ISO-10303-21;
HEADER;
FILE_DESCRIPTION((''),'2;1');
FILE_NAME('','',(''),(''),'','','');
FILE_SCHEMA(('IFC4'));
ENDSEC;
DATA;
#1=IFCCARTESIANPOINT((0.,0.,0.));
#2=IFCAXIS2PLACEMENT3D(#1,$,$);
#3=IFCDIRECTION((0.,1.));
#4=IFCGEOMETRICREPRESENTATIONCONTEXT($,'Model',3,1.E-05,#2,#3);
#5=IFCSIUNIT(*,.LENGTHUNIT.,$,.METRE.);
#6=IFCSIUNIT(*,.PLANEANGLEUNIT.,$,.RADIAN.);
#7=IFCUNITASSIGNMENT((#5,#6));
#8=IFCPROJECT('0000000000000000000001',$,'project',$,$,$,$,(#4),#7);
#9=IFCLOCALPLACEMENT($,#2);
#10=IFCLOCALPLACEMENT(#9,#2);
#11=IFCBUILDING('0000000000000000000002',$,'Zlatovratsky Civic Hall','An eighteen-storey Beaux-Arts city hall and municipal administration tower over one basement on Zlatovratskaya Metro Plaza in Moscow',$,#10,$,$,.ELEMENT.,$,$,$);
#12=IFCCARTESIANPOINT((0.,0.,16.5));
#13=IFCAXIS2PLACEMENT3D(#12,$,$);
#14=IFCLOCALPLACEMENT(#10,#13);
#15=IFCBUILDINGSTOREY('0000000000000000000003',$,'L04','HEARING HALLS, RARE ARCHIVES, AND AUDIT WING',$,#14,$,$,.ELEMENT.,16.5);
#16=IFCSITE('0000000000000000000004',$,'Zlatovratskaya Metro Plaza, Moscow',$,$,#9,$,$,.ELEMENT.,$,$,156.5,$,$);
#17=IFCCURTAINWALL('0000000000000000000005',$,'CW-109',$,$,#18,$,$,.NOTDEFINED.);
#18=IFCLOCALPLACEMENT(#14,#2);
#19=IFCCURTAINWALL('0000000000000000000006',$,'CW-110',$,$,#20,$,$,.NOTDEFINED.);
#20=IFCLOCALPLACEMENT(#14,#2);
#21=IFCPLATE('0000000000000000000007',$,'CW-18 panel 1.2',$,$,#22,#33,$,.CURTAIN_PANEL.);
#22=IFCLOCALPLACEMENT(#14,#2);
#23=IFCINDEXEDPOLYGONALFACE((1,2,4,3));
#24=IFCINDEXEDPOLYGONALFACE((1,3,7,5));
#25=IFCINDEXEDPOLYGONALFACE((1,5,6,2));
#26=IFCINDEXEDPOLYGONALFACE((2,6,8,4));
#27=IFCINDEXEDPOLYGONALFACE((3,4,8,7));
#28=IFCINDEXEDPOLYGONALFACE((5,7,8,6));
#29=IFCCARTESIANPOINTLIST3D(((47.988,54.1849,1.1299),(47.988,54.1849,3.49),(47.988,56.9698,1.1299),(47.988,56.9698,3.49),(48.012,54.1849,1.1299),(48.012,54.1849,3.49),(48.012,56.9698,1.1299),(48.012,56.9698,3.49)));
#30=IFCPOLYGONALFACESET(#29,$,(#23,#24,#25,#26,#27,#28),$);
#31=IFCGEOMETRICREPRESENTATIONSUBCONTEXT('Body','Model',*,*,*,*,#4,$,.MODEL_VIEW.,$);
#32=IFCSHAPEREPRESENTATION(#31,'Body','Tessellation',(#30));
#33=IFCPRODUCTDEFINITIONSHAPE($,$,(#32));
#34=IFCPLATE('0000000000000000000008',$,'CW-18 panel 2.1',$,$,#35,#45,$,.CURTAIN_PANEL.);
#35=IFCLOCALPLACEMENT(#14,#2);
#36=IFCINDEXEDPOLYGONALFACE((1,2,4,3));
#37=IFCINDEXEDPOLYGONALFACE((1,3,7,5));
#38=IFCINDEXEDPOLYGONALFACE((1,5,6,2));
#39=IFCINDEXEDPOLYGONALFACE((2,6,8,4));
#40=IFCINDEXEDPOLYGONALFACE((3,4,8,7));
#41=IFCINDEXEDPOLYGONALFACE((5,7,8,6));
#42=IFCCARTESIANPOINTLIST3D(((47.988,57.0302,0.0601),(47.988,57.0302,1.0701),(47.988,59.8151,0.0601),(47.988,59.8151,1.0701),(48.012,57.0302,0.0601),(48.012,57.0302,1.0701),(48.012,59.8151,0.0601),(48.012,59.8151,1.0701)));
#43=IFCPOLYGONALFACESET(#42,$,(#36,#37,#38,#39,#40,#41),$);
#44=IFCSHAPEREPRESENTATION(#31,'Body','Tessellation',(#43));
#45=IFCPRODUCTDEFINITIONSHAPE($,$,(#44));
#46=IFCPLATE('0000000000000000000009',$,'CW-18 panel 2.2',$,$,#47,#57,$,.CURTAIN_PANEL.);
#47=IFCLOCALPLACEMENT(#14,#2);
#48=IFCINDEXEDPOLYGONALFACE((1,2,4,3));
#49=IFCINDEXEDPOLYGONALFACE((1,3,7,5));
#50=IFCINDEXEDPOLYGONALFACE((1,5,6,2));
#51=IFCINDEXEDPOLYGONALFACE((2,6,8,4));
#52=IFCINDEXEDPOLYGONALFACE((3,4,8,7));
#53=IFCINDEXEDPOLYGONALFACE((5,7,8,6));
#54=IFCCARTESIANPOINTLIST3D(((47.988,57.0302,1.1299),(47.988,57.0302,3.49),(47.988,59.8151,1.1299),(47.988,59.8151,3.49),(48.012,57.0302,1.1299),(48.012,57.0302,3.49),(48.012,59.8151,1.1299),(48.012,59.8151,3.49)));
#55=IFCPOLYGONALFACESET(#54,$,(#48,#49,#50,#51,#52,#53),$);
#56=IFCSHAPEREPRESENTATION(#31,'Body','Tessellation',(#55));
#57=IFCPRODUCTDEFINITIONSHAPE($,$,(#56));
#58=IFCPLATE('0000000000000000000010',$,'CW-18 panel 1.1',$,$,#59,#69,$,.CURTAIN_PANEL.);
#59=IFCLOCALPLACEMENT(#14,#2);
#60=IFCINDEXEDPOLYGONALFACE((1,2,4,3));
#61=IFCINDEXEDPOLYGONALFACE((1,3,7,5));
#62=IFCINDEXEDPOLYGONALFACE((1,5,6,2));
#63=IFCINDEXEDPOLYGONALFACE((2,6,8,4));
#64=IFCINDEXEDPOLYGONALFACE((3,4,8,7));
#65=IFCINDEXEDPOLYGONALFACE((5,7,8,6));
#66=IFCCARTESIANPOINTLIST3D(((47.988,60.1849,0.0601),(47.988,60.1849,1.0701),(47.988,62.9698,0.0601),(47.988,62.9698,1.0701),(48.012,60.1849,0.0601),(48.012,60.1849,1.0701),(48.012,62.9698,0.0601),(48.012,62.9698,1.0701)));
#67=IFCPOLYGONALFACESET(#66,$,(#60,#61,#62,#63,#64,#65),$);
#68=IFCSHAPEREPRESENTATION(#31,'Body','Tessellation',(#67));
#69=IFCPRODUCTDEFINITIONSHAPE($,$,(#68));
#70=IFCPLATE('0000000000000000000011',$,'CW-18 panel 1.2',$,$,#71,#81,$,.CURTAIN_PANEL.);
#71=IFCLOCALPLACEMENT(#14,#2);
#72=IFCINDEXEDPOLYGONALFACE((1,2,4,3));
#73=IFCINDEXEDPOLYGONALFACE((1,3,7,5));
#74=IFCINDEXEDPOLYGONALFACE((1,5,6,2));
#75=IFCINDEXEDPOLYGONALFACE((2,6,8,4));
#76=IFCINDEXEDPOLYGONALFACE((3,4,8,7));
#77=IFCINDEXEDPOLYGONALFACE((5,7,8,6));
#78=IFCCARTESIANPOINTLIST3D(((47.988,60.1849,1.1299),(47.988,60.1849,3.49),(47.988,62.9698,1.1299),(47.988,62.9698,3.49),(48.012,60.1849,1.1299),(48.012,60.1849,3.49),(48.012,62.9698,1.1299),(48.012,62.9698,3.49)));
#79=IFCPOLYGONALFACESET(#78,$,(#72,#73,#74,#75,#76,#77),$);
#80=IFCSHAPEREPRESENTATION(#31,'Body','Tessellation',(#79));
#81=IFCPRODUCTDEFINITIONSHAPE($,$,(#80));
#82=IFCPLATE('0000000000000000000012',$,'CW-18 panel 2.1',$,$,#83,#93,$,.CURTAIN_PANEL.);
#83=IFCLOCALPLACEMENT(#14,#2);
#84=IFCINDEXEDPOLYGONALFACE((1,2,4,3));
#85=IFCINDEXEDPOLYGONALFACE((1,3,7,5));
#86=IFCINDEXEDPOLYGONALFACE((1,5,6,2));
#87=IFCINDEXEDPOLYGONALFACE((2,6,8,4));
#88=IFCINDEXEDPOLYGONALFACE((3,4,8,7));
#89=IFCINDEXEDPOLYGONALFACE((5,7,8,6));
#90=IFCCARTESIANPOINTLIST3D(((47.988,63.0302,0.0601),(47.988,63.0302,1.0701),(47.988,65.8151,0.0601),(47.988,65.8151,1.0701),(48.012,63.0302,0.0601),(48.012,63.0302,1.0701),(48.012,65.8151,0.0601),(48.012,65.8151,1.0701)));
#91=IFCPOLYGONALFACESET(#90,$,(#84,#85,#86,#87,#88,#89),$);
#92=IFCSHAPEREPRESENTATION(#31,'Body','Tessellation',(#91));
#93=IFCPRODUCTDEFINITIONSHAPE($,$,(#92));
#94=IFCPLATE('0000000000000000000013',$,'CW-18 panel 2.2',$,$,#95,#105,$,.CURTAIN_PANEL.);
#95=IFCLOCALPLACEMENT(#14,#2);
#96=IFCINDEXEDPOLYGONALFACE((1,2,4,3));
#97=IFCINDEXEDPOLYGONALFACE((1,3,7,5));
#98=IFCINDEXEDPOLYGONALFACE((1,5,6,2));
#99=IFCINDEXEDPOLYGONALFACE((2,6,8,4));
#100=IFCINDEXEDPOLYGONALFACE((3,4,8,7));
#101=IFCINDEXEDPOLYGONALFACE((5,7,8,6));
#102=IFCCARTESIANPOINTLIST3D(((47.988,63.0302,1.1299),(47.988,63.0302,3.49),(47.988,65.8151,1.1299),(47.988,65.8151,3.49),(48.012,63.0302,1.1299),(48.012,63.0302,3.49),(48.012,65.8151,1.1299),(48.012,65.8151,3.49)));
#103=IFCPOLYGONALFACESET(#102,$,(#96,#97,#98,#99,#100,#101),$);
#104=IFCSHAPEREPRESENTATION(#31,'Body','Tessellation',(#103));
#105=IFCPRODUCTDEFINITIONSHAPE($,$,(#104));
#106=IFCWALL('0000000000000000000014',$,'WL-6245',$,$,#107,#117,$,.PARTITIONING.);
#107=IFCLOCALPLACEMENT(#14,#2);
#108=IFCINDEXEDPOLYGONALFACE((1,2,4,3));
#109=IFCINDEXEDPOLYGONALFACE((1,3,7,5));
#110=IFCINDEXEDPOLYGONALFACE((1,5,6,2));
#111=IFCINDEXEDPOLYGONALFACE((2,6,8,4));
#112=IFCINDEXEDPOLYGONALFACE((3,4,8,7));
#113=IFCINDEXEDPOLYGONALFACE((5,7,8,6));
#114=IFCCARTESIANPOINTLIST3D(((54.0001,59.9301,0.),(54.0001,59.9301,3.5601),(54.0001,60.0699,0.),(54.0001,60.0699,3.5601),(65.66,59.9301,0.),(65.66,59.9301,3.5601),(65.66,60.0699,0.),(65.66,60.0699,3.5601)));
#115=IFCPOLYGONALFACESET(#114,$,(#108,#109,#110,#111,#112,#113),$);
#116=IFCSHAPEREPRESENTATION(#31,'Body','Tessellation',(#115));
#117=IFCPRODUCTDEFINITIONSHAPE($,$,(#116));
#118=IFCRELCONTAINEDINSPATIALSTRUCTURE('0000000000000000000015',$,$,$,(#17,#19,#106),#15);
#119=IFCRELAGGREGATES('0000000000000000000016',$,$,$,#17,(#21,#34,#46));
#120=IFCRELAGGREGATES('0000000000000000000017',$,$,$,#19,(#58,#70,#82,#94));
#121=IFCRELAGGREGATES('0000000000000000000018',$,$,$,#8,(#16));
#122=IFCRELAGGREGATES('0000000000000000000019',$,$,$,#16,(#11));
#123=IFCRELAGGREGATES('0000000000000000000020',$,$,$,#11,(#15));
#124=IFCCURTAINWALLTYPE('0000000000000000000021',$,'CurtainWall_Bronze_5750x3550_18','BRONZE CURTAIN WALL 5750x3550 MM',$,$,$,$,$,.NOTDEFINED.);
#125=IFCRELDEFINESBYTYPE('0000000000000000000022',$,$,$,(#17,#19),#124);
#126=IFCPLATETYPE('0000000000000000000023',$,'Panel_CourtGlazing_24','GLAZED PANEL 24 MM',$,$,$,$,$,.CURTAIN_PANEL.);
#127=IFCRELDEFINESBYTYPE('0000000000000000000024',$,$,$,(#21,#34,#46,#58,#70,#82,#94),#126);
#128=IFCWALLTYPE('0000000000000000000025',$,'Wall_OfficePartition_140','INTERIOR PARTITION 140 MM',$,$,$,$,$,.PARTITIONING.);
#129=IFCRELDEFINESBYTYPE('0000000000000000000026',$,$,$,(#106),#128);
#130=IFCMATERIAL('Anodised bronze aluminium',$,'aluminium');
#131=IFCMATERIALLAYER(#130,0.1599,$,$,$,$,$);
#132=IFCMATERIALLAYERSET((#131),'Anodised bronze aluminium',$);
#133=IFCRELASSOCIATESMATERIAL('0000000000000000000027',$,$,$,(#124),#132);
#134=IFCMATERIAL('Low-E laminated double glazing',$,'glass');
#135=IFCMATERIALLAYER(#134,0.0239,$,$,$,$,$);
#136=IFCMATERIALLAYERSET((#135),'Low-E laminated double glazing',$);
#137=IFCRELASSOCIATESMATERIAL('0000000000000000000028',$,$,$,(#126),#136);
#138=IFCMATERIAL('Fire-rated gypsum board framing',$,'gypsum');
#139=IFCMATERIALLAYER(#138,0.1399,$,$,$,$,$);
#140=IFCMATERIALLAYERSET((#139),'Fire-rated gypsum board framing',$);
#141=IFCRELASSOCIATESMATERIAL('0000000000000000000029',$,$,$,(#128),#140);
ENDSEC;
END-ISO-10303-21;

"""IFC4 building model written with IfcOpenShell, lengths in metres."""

from ifc_helpers import new_model, si_unit, direction, frame, frame_2d, origin, origin_2d, place, context, subcontext, project, spatial, rectangle, extrude, material, layer, layer_set, type_object, element, aggregate, save


model = new_model("IFC4")

# Units and contexts
model_context = context("Model", 3, precision=1e-05, world=origin(), true_north=direction((0.0, 1.0)))
body_context = subcontext(model_context, "Body", "Model", "MODEL_VIEW")
ifc_project = project(units=[si_unit("LENGTHUNIT", "METRE"), si_unit("PLANEANGLEUNIT", "RADIAN")], contexts=[model_context])

# Site, building, storey
site_placement = place(None, origin())
site = spatial("IfcSite", under=ifc_project, at=site_placement, Name="Zlatovratskaya Metro Plaza, Moscow", CompositionType="ELEMENT", RefElevation=156.5)
building_placement = place(site_placement, origin())
building = spatial("IfcBuilding", under=site, at=building_placement, Name="Zlatovratsky Civic Hall", Description="An eighteen-storey Beaux-Arts city hall and municipal administration tower over one basement on Zlatovratskaya Metro Plaza in Moscow", CompositionType="ELEMENT")
storey_placement = place(building_placement, frame((0.0, 0.0, 16.5)))
storey = spatial("IfcBuildingStorey", under=building, at=storey_placement, Name="L04", Description="HEARING HALLS, RARE ARCHIVES, AND AUDIT WING", CompositionType="ELEMENT", Elevation=16.5)

# Shared definitions
ifc_material_1 = material(Name="Anodised bronze aluminium", Category="aluminium")

# Curtain walls
ifc_layer_1 = layer(ifc_material_1, 0.1599)
ifc_layer_set_1 = layer_set([ifc_layer_1], Name="Anodised bronze aluminium")
curtain_wall_type_1 = type_object("IfcCurtainWallType", Name="CurtainWall_Bronze_5750x3550_18", Description="BRONZE CURTAIN WALL 5750x3550 MM", PredefinedType="NOTDEFINED", material=ifc_layer_set_1)
curtain_wall_1_placement = place(storey_placement, origin())
curtain_wall_1 = element("IfcCurtainWall", 1, at=curtain_wall_1_placement, inside=storey, type_object=curtain_wall_type_1, Name="CW-109", PredefinedType="NOTDEFINED")
curtain_wall_2_placement = place(storey_placement, origin())
curtain_wall_2 = element("IfcCurtainWall", 2, at=curtain_wall_2_placement, inside=storey, type_object=curtain_wall_type_1, Name="CW-110", PredefinedType="NOTDEFINED")

# Plates
ifc_material_2 = material(Name="Low-E laminated double glazing", Category="glass")
ifc_layer_2 = layer(ifc_material_2, 0.0239)
ifc_layer_set_2 = layer_set([ifc_layer_2], Name="Low-E laminated double glazing")
plate_type = type_object("IfcPlateType", Name="Panel_CourtGlazing_24", Description="GLAZED PANEL 24 MM", PredefinedType="CURTAIN_PANEL", material=ifc_layer_set_2)
plate_1_placement = place(storey_placement, frame((48.0, 55.5774, 1.1299), z_axis=(0.0, 0.0, 1.0), x_axis=(0.0, 1.0, 0.0)))
plate_1 = element("IfcPlate", 3, at=plate_1_placement, type_object=plate_type, Name="CW-18 panel 1.2", PredefinedType="CURTAIN_PANEL", context=body_context, shape_type="SweptSolid", body=[
    extrude(rectangle(XDim=2.7849, YDim=0.0239, at=origin_2d()), origin(), (0.0, 0.0, 1.0), 2.3601),
])
plate_2_placement = place(storey_placement, frame((48.0, 58.4226, 0.0601), z_axis=(0.0, 0.0, 1.0), x_axis=(0.0, 1.0, 0.0)))
plate_2 = element("IfcPlate", 4, at=plate_2_placement, type_object=plate_type, Name="CW-18 panel 2.1", PredefinedType="CURTAIN_PANEL", context=body_context, shape_type="SweptSolid", body=[
    extrude(rectangle(XDim=2.7849, YDim=0.0239, at=origin_2d()), origin(), (0.0, 0.0, 1.0), 1.01),
])
plate_3_placement = place(storey_placement, frame((48.0, 58.4226, 1.1299), z_axis=(0.0, 0.0, 1.0), x_axis=(0.0, 1.0, 0.0)))
plate_3 = element("IfcPlate", 5, at=plate_3_placement, type_object=plate_type, Name="CW-18 panel 2.2", PredefinedType="CURTAIN_PANEL", context=body_context, shape_type="SweptSolid", body=[
    extrude(rectangle(XDim=2.7849, YDim=0.0239, at=origin_2d()), origin(), (0.0, 0.0, 1.0), 2.3601),
])
aggregate(curtain_wall_1, [plate_1, plate_2, plate_3])
plate_4_placement = place(storey_placement, frame((48.0, 61.5774, 0.0601), z_axis=(0.0, 0.0, 1.0), x_axis=(0.0, 1.0, 0.0)))
plate_4 = element("IfcPlate", 6, at=plate_4_placement, type_object=plate_type, Name="CW-18 panel 1.1", PredefinedType="CURTAIN_PANEL", context=body_context, shape_type="SweptSolid", body=[
    extrude(rectangle(XDim=2.7849, YDim=0.0239, at=origin_2d()), origin(), (0.0, 0.0, 1.0), 1.01),
])
plate_5_placement = place(storey_placement, frame((48.0, 61.5774, 1.1299), z_axis=(0.0, 0.0, 1.0), x_axis=(0.0, 1.0, 0.0)))
plate_5 = element("IfcPlate", 7, at=plate_5_placement, type_object=plate_type, Name="CW-18 panel 1.2", PredefinedType="CURTAIN_PANEL", context=body_context, shape_type="SweptSolid", body=[
    extrude(rectangle(XDim=2.7849, YDim=0.0239, at=origin_2d()), origin(), (0.0, 0.0, 1.0), 2.3601),
])
plate_6_placement = place(storey_placement, frame((48.0, 64.4226, 0.0601), z_axis=(0.0, 0.0, 1.0), x_axis=(0.0, 1.0, 0.0)))
plate_6 = element("IfcPlate", 8, at=plate_6_placement, type_object=plate_type, Name="CW-18 panel 2.1", PredefinedType="CURTAIN_PANEL", context=body_context, shape_type="SweptSolid", body=[
    extrude(rectangle(XDim=2.7849, YDim=0.0239, at=origin_2d()), origin(), (0.0, 0.0, 1.0), 1.01),
])
plate_7_placement = place(storey_placement, frame((48.0, 64.4226, 1.1299), z_axis=(0.0, 0.0, 1.0), x_axis=(0.0, 1.0, 0.0)))
plate_7 = element("IfcPlate", 9, at=plate_7_placement, type_object=plate_type, Name="CW-18 panel 2.2", PredefinedType="CURTAIN_PANEL", context=body_context, shape_type="SweptSolid", body=[
    extrude(rectangle(XDim=2.7849, YDim=0.0239, at=origin_2d()), origin(), (0.0, 0.0, 1.0), 2.3601),
])
aggregate(curtain_wall_2, [plate_4, plate_5, plate_6, plate_7])

# Wall
ifc_material_3 = material(Name="Fire-rated gypsum board framing", Category="gypsum")
ifc_layer_3 = layer(ifc_material_3, 0.1399)
ifc_layer_set_3 = layer_set([ifc_layer_3], Name="Fire-rated gypsum board framing")
wall_type = type_object("IfcWallType", Name="Wall_OfficePartition_140", Description="INTERIOR PARTITION 140 MM", PredefinedType="PARTITIONING", material=ifc_layer_set_3)
wall_placement = place(storey_placement, frame((54.0, 60.0, 0.0), z_axis=(0.0, 0.0, 1.0), x_axis=(1.0, 0.0, 0.0)))
element("IfcWall", 10, at=wall_placement, inside=storey, type_object=wall_type, Name="WL-6245", PredefinedType="PARTITIONING", context=body_context, shape_type="SweptSolid", body=[
    extrude(rectangle(XDim=11.6599, YDim=0.1399, at=frame_2d((5.8301, 0.0))), origin(), (0.0, 0.0, 1.0), 3.5601),
])

save(model, "model.ifc")
